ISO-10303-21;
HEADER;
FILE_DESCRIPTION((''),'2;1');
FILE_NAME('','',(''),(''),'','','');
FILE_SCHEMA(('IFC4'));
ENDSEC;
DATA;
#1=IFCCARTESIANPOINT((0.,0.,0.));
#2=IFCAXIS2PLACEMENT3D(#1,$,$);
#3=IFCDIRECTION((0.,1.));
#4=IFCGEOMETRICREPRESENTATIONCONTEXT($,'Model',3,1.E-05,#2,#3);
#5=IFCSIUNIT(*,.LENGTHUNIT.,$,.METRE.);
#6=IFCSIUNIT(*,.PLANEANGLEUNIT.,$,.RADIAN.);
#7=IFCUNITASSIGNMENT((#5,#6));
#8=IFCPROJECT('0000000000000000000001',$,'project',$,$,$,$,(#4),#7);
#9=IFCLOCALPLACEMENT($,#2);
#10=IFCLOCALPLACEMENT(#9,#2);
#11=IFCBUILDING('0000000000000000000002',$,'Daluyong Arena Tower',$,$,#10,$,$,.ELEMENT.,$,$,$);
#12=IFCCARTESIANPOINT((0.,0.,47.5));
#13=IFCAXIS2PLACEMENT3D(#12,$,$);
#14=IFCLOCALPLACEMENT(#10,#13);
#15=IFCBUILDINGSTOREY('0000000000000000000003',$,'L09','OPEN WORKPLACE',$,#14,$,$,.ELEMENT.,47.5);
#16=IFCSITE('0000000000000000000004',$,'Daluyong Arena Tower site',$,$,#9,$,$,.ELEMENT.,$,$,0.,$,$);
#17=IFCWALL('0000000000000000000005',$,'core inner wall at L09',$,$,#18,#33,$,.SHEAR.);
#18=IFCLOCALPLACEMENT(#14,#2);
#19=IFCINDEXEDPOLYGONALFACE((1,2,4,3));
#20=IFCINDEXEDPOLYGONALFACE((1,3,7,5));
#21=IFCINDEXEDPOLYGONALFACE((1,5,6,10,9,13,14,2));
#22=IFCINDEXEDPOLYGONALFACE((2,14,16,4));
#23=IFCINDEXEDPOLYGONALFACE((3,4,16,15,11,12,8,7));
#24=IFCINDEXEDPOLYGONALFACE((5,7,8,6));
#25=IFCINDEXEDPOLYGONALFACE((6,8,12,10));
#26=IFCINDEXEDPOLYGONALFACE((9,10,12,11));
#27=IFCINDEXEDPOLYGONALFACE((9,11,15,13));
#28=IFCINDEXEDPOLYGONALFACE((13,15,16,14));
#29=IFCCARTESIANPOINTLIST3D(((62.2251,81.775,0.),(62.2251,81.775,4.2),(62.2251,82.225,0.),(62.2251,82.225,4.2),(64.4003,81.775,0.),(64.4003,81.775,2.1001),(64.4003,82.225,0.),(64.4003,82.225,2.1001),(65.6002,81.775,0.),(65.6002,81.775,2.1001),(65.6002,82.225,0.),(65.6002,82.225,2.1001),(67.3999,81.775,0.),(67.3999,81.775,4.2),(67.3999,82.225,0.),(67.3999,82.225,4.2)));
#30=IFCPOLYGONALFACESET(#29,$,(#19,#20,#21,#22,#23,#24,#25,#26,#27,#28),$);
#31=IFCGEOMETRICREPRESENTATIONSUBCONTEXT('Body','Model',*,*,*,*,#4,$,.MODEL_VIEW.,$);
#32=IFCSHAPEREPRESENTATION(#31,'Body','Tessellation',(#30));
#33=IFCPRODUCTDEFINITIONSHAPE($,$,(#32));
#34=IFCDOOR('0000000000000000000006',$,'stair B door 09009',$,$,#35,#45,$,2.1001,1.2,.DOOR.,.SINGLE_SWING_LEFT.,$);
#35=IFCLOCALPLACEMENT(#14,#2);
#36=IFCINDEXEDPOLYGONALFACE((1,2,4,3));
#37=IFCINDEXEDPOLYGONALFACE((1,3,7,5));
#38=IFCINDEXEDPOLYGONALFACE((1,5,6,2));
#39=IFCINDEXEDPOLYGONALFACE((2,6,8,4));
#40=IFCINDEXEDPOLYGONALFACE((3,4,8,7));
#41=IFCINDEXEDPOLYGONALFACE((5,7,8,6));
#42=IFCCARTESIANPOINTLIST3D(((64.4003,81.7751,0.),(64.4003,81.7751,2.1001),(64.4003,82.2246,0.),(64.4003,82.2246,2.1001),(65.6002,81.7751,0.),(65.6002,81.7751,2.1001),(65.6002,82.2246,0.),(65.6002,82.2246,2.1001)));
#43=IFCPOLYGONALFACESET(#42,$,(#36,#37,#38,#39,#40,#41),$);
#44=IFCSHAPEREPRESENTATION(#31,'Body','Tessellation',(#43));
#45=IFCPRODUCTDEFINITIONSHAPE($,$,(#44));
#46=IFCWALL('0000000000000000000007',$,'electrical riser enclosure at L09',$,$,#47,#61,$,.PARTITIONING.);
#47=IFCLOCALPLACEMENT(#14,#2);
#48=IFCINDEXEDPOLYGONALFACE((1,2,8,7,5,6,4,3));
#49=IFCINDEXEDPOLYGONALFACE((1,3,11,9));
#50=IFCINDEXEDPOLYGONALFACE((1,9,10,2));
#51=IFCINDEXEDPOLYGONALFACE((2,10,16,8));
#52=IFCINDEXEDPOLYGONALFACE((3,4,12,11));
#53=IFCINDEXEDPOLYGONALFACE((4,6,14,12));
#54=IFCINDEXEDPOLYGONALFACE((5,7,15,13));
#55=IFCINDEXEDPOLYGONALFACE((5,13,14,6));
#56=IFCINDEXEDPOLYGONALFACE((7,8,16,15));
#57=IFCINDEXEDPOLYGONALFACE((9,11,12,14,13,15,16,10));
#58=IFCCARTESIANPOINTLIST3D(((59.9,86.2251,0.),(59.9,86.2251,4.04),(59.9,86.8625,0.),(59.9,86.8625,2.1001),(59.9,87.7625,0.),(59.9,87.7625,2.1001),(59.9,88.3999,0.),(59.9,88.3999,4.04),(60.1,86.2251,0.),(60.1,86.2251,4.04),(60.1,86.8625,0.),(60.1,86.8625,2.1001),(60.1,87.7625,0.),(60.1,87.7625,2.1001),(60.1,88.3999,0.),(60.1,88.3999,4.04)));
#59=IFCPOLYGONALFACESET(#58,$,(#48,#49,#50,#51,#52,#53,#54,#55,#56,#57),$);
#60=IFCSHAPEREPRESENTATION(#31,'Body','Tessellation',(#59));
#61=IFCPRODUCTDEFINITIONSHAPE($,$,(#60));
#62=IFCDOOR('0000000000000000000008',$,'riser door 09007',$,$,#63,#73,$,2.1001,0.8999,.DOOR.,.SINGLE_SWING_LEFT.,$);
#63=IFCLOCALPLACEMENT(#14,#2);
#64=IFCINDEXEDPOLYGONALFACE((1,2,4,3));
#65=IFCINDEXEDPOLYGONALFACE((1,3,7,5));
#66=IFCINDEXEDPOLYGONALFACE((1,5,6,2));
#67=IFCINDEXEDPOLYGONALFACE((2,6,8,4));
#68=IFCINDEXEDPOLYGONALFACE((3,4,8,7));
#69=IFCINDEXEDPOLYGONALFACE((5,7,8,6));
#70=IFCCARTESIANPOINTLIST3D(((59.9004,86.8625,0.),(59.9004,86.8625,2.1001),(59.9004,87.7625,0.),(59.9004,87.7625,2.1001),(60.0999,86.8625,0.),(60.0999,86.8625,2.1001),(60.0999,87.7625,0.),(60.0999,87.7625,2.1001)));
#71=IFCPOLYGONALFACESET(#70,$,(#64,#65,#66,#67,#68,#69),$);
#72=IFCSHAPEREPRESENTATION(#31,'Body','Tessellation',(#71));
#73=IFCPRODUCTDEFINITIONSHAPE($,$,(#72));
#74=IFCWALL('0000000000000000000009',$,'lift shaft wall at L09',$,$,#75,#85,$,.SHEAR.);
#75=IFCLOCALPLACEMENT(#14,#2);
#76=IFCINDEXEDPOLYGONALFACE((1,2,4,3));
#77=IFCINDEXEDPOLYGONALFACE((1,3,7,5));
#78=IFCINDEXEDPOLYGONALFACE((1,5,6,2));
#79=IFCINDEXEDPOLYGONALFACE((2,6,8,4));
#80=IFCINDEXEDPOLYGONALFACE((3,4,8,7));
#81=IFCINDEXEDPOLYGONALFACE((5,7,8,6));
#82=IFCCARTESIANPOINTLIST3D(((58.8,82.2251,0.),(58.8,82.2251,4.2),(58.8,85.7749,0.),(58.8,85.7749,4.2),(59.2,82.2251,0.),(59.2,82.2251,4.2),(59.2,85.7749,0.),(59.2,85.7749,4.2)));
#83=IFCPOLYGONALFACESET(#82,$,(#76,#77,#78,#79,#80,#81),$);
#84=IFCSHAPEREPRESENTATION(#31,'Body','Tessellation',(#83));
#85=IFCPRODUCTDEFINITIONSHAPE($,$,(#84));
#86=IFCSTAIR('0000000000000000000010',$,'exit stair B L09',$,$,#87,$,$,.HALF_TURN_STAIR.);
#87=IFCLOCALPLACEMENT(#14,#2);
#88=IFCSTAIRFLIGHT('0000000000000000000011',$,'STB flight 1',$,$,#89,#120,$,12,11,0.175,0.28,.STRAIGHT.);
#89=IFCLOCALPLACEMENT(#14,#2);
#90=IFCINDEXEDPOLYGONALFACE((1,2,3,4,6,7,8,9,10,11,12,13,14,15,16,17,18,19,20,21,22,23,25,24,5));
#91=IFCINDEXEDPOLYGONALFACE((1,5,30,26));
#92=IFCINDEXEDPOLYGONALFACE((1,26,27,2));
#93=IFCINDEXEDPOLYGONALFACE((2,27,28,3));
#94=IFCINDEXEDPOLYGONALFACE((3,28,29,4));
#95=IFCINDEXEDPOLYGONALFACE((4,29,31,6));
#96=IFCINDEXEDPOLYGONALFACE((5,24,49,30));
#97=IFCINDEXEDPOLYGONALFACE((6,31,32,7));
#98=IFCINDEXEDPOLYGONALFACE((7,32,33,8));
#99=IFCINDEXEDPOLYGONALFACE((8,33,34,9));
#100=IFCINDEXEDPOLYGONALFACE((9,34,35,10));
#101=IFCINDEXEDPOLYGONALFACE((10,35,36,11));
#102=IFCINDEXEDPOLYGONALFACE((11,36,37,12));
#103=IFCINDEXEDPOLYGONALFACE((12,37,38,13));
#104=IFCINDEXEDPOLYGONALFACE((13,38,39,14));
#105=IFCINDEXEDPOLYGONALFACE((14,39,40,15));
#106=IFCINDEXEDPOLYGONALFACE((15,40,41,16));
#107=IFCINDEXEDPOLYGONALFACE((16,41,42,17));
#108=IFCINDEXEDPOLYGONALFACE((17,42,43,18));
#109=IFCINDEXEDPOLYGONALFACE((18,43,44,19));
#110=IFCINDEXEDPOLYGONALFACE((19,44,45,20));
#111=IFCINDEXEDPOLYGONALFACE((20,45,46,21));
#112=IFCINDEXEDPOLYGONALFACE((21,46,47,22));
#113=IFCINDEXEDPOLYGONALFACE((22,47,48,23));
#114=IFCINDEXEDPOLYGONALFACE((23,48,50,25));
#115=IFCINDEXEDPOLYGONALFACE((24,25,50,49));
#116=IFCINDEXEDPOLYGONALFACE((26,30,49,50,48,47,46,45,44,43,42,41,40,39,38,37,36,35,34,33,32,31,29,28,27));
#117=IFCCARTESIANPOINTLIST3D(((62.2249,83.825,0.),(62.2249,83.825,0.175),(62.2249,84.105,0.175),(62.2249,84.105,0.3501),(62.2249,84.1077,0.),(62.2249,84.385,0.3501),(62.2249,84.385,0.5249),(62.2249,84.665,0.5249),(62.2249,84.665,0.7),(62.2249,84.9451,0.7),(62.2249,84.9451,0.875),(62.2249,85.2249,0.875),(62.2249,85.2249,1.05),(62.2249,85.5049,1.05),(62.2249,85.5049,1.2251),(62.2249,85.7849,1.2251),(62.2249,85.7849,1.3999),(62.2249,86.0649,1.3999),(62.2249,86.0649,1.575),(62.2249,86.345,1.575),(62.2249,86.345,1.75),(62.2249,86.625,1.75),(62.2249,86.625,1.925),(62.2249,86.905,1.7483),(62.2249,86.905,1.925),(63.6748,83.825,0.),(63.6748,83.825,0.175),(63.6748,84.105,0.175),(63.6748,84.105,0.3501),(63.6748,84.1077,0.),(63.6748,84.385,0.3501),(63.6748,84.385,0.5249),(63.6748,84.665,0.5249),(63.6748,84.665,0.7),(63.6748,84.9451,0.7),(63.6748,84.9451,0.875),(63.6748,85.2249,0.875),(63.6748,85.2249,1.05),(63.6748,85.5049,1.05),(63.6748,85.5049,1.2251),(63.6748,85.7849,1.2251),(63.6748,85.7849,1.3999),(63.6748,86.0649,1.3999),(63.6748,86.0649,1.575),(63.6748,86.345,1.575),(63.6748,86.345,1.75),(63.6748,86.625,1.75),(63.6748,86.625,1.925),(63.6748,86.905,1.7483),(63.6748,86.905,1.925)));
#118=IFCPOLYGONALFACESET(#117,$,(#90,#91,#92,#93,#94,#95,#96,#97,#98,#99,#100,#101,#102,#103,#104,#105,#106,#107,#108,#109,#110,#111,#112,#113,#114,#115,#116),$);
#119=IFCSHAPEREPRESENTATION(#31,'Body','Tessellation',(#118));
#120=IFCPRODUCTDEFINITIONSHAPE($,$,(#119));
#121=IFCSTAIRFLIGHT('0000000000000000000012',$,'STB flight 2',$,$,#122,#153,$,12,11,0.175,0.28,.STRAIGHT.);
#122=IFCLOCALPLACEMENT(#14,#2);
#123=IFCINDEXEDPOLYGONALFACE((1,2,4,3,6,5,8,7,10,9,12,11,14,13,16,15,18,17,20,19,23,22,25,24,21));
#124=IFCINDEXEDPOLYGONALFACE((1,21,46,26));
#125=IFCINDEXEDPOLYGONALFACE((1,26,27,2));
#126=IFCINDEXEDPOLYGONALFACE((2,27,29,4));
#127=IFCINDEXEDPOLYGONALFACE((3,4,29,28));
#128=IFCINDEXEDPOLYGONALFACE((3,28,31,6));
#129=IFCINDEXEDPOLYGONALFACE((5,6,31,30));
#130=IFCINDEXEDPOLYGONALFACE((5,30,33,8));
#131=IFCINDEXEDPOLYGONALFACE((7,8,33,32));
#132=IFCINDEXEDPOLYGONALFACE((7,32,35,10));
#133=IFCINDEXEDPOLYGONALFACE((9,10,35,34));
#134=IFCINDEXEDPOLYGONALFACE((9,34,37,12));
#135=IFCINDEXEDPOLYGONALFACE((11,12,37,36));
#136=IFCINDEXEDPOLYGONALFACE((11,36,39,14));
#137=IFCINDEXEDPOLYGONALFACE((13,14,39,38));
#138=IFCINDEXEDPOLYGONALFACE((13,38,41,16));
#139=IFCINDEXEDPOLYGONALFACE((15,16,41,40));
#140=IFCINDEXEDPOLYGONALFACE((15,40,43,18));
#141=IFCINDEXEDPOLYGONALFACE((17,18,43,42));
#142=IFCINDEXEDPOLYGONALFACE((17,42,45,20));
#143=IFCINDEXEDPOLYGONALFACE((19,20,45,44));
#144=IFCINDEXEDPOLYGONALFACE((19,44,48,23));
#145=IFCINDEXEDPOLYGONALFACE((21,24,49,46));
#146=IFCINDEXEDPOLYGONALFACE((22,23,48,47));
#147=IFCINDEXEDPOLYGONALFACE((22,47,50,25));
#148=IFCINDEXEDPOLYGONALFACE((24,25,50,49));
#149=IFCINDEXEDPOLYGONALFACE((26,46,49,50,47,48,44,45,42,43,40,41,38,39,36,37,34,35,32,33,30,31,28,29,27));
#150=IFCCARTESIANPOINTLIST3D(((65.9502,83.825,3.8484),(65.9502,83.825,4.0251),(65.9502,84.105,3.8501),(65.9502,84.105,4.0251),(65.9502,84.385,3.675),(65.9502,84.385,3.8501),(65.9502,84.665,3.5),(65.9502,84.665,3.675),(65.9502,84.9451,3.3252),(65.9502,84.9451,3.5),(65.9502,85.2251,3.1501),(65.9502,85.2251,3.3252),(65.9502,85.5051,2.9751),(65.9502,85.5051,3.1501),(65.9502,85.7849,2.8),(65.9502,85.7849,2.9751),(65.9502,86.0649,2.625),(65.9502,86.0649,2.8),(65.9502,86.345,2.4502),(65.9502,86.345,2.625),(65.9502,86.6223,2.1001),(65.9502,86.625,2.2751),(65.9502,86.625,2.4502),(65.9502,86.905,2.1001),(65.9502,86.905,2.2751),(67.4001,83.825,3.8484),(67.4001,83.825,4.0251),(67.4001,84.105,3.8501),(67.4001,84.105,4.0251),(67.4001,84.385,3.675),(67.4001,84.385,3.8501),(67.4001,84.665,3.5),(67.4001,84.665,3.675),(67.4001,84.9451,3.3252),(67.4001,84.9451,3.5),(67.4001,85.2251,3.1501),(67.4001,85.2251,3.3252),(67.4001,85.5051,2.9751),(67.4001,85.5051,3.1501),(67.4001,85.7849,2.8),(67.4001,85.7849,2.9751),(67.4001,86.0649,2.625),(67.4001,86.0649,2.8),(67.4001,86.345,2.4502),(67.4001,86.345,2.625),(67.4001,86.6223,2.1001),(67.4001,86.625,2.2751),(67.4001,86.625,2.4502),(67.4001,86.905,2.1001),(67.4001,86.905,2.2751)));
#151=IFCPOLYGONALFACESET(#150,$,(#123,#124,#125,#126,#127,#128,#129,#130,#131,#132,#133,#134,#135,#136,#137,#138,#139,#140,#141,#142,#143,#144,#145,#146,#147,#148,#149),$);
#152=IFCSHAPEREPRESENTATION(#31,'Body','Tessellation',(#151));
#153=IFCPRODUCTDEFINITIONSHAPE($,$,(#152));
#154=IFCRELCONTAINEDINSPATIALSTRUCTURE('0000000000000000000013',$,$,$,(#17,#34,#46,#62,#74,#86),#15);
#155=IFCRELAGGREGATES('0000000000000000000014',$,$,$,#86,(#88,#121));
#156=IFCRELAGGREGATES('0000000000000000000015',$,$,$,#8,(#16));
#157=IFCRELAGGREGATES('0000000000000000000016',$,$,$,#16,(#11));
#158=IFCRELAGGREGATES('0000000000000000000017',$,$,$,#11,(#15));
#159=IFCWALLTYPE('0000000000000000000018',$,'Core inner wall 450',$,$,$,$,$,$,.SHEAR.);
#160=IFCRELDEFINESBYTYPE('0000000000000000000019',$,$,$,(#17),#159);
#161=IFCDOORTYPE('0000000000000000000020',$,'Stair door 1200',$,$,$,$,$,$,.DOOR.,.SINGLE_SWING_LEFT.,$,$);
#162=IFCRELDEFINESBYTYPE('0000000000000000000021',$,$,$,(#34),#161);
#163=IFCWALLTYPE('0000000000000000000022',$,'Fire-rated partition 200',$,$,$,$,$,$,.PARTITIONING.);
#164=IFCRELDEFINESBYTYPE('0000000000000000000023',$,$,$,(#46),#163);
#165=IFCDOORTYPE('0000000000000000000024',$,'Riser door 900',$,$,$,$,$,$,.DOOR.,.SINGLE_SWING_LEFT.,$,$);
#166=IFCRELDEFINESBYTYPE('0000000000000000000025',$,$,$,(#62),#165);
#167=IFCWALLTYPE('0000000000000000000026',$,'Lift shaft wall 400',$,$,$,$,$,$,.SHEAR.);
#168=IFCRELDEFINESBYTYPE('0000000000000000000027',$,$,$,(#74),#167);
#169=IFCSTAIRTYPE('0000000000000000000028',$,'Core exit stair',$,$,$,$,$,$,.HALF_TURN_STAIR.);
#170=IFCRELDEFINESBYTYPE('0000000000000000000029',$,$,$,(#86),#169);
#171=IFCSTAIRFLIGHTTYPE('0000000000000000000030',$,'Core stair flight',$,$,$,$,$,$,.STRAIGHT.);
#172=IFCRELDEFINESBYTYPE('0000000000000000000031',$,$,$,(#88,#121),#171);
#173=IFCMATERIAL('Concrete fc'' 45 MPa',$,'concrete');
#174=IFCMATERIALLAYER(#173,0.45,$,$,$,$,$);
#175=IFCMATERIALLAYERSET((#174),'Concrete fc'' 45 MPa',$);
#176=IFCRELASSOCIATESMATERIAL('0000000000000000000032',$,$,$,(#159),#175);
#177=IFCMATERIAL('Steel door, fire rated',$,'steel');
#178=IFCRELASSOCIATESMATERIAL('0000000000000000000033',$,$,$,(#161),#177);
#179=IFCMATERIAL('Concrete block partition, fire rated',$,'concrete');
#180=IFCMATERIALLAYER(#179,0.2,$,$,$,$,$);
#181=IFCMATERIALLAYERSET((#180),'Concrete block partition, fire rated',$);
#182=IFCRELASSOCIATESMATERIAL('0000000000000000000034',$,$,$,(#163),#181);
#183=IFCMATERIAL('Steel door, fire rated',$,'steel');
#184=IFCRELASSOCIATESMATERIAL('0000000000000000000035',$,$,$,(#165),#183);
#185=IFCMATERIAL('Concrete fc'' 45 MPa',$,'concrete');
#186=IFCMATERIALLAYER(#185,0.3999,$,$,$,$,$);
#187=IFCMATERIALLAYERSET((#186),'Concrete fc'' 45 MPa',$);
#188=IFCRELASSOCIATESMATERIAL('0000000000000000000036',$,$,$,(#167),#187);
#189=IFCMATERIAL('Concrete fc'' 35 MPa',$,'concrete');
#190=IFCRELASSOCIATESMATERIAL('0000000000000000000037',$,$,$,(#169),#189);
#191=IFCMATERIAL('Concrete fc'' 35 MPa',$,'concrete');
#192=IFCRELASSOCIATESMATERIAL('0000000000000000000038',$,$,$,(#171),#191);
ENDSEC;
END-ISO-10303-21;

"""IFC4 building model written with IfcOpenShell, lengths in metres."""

from ifc_helpers import new_model, si_unit, direction, frame, frame_2d, origin, place, context, subcontext, project, spatial, polyline, rectangle, outline, extrude, material, layer, layer_set, type_object, element, fill, aggregate, save


model = new_model("IFC4")

# Units and contexts
model_context = context("Model", 3, precision=1e-05, world=origin(), true_north=direction((0.0, 1.0)))
body_context = subcontext(model_context, "Body", "Model", "MODEL_VIEW")
ifc_project = project(units=[si_unit("LENGTHUNIT", "METRE"), si_unit("PLANEANGLEUNIT", "RADIAN")], contexts=[model_context])

# Site, building, storey
site_placement = place(None, origin())
site = spatial("IfcSite", under=ifc_project, at=site_placement, Name="Daluyong Arena Tower site", CompositionType="ELEMENT", RefElevation=0.0)
building_placement = place(site_placement, origin())
building = spatial("IfcBuilding", under=site, at=building_placement, Name="Daluyong Arena Tower", CompositionType="ELEMENT")
storey_placement = place(building_placement, frame((0.0, 0.0, 47.5)))
storey = spatial("IfcBuildingStorey", under=building, at=storey_placement, Name="L09", Description="OPEN WORKPLACE", CompositionType="ELEMENT", Elevation=47.5)

# Walls, openings, doors
ifc_material_1 = material(Name="Concrete fc' 45 MPa", Category="concrete")
ifc_layer_1 = layer(ifc_material_1, 0.45)
ifc_layer_set_1 = layer_set([ifc_layer_1], Name="Concrete fc' 45 MPa")
wall_type_1 = type_object("IfcWallType", Name="Core inner wall 450", PredefinedType="SHEAR", material=ifc_layer_set_1)
wall_1_placement = place(storey_placement, frame((62.2251, 82.0, 0.0), z_axis=(0.0, 0.0, 1.0), x_axis=(1.0, 0.0, 0.0)))
wall_1 = element("IfcWall", 1, at=wall_1_placement, inside=storey, type_object=wall_type_1, Name="core inner wall at L09", PredefinedType="SHEAR", context=body_context, shape_type="SweptSolid", body=[
    extrude(rectangle(XDim=5.1748, YDim=0.45, at=frame_2d((2.5874, 0.0))), origin(), (0.0, 0.0, 1.0), 4.2),
])
opening_1_placement = place(wall_1_placement, frame((2.175, 0.0, 0.0)))
opening_1 = element("IfcOpeningElement", 2, at=opening_1_placement, cuts=wall_1, PredefinedType="OPENING", context=body_context, shape_type="SweptSolid", body=[
    extrude(rectangle(XDim=1.2, YDim=2.1001, at=frame_2d((0.6001, 1.05))), frame((0.0, 0.2349, 0.0), z_axis=(0.0, -1.0, 0.0), x_axis=(1.0, 0.0, 0.0)), (0.0, 0.0, 1.0), 0.47),
])
ifc_material_2 = material(Name="Steel door, fire rated", Category="steel")
door_type_1 = type_object("IfcDoorType", Name="Stair door 1200", OperationType="SINGLE_SWING_LEFT", PredefinedType="DOOR", material=ifc_material_2)
door_1_placement = place(opening_1_placement, origin())
door_1 = element("IfcDoor", 3, at=door_1_placement, inside=storey, type_object=door_type_1, Name="stair B door 09009", OperationType="SINGLE_SWING_LEFT", OverallHeight=2.1001, OverallWidth=1.2, PredefinedType="DOOR", context=body_context, shape_type="SweptSolid", body=[
    extrude(rectangle(XDim=1.2, YDim=2.1001, at=frame_2d((0.6001, 1.05))), frame((0.0, 0.2246, 0.0), z_axis=(0.0, -1.0, 0.0), x_axis=(1.0, 0.0, 0.0)), (0.0, 0.0, 1.0), 0.4495),
])
fill(opening_1, door_1)
ifc_material_3 = material(Name="Concrete block partition, fire rated", Category="concrete")
ifc_layer_2 = layer(ifc_material_3, 0.2)
ifc_layer_set_2 = layer_set([ifc_layer_2], Name="Concrete block partition, fire rated")
wall_type_2 = type_object("IfcWallType", Name="Fire-rated partition 200", PredefinedType="PARTITIONING", material=ifc_layer_set_2)
wall_2_placement = place(storey_placement, frame((60.0, 86.2251, 0.0), z_axis=(0.0, 0.0, 1.0), x_axis=(0.0, 1.0, 0.0)))
wall_2 = element("IfcWall", 4, at=wall_2_placement, inside=storey, type_object=wall_type_2, Name="electrical riser enclosure at L09", PredefinedType="PARTITIONING", context=body_context, shape_type="SweptSolid", body=[
    extrude(rectangle(XDim=2.1748, YDim=0.2, at=frame_2d((1.0874, 0.0))), origin(), (0.0, 0.0, 1.0), 4.04),
])
opening_2_placement = place(wall_2_placement, frame((0.6375, 0.0, 0.0)))
opening_2 = element("IfcOpeningElement", 5, at=opening_2_placement, cuts=wall_2, PredefinedType="OPENING", context=body_context, shape_type="SweptSolid", body=[
    extrude(rectangle(XDim=0.8999, YDim=2.1001, at=frame_2d((0.45, 1.05))), frame((0.0, 0.1099, 0.0), z_axis=(0.0, -1.0, 0.0), x_axis=(1.0, 0.0, 0.0)), (0.0, 0.0, 1.0), 0.22),
])
ifc_material_4 = material(Name="Steel door, fire rated", Category="steel")
door_type_2 = type_object("IfcDoorType", Name="Riser door 900", OperationType="SINGLE_SWING_LEFT", PredefinedType="DOOR", material=ifc_material_4)
door_2_placement = place(opening_2_placement, origin())
door_2 = element("IfcDoor", 6, at=door_2_placement, inside=storey, type_object=door_type_2, Name="riser door 09007", OperationType="SINGLE_SWING_LEFT", OverallHeight=2.1001, OverallWidth=0.8999, PredefinedType="DOOR", context=body_context, shape_type="SweptSolid", body=[
    extrude(rectangle(XDim=0.8999, YDim=2.1001, at=frame_2d((0.45, 1.05))), frame((0.0, 0.0996, 0.0), z_axis=(0.0, -1.0, 0.0), x_axis=(1.0, 0.0, 0.0)), (0.0, 0.0, 1.0), 0.1995),
])
fill(opening_2, door_2)

# Wall
ifc_material_5 = material(Name="Concrete fc' 45 MPa", Category="concrete")
ifc_layer_3 = layer(ifc_material_5, 0.3999)
ifc_layer_set_3 = layer_set([ifc_layer_3], Name="Concrete fc' 45 MPa")
wall_type_3 = type_object("IfcWallType", Name="Lift shaft wall 400", PredefinedType="SHEAR", material=ifc_layer_set_3)
wall_3_placement = place(storey_placement, frame((59.0, 82.2251, 0.0), z_axis=(0.0, 0.0, 1.0), x_axis=(0.0, 1.0, 0.0)))
element("IfcWall", 7, at=wall_3_placement, inside=storey, type_object=wall_type_3, Name="lift shaft wall at L09", PredefinedType="SHEAR", context=body_context, shape_type="SweptSolid", body=[
    extrude(rectangle(XDim=3.5498, YDim=0.3999, at=frame_2d((1.7749, 0.0))), origin(), (0.0, 0.0, 1.0), 4.2),
])

# Stair, stair flights
ifc_material_6 = material(Name="Concrete fc' 35 MPa", Category="concrete")
stair_type = type_object("IfcStairType", Name="Core exit stair", PredefinedType="HALF_TURN_STAIR", material=ifc_material_6)
stair_placement = place(storey_placement, origin())
stair = element("IfcStair", 8, at=stair_placement, inside=storey, type_object=stair_type, Name="exit stair B L09", PredefinedType="HALF_TURN_STAIR")
ifc_material_7 = material(Name="Concrete fc' 35 MPa", Category="concrete")
stair_flight_type = type_object("IfcStairFlightType", Name="Core stair flight", PredefinedType="STRAIGHT", material=ifc_material_7)
stair_flight_1_placement = place(storey_placement, frame((62.95, 83.825, 0.0), z_axis=(0.0, 0.0, 1.0), x_axis=(0.0, 1.0, 0.0)))
stair_flight_1 = element("IfcStairFlight", 9, at=stair_flight_1_placement, type_object=stair_flight_type, Name="STB flight 1", NumberOfRisers=12, NumberOfTreads=11, PredefinedType="STRAIGHT", RiserHeight=0.175, TreadLength=0.28, context=body_context, shape_type="SweptSolid", body=[
    extrude(outline(polyline([(0.0, 0.0), (0.0, 0.175), (0.28, 0.175), (0.28, 0.3501), (0.5601, 0.3501), (0.5601, 0.5249), (0.8401, 0.5249), (0.8401, 0.7), (1.1201, 0.7), (1.1201, 0.875), (1.3999, 0.875), (1.3999, 1.05), (1.6799, 1.05), (1.6799, 1.2251), (1.96, 1.2251), (1.96, 1.3999), (2.24, 1.3999), (2.24, 1.575), (2.52, 1.575), (2.52, 1.75), (2.8, 1.75), (2.8, 1.925), (3.0801, 1.925), (3.0801, 2.1001), (3.0801, 1.7483), (0.2827, 0.0), (0.0, 0.0)])), frame((0.0, 0.7251, 0.0), z_axis=(0.0, -1.0, 0.0), x_axis=(1.0, 0.0, 0.0)), (0.0, 0.0, 1.0), 1.45),
])
stair_flight_2_placement = place(storey_placement, frame((66.675, 86.905, 2.1001), z_axis=(0.0, 0.0, 1.0), x_axis=(0.0, -1.0, 0.0)))
stair_flight_2 = element("IfcStairFlight", 10, at=stair_flight_2_placement, type_object=stair_flight_type, Name="STB flight 2", NumberOfRisers=12, NumberOfTreads=11, PredefinedType="STRAIGHT", RiserHeight=0.175, TreadLength=0.28, context=body_context, shape_type="SweptSolid", body=[
    extrude(outline(polyline([(0.0, 0.0), (0.0, 0.175), (0.28, 0.175), (0.28, 0.3501), (0.5601, 0.3501), (0.5601, 0.5249), (0.8401, 0.5249), (0.8401, 0.7), (1.1201, 0.7), (1.1201, 0.875), (1.3999, 0.875), (1.3999, 1.05), (1.6799, 1.05), (1.6799, 1.2251), (1.96, 1.2251), (1.96, 1.3999), (2.24, 1.3999), (2.24, 1.575), (2.52, 1.575), (2.52, 1.75), (2.8, 1.75), (2.8, 1.925), (3.0801, 1.925), (3.0801, 2.1001), (3.0801, 1.7483), (0.2827, 0.0), (0.0, 0.0)])), frame((0.0, 0.7251, 0.0), z_axis=(0.0, -1.0, 0.0), x_axis=(1.0, 0.0, 0.0)), (0.0, 0.0, 1.0), 1.45),
])
aggregate(stair, [stair_flight_1, stair_flight_2])

save(model, "model.ifc")
